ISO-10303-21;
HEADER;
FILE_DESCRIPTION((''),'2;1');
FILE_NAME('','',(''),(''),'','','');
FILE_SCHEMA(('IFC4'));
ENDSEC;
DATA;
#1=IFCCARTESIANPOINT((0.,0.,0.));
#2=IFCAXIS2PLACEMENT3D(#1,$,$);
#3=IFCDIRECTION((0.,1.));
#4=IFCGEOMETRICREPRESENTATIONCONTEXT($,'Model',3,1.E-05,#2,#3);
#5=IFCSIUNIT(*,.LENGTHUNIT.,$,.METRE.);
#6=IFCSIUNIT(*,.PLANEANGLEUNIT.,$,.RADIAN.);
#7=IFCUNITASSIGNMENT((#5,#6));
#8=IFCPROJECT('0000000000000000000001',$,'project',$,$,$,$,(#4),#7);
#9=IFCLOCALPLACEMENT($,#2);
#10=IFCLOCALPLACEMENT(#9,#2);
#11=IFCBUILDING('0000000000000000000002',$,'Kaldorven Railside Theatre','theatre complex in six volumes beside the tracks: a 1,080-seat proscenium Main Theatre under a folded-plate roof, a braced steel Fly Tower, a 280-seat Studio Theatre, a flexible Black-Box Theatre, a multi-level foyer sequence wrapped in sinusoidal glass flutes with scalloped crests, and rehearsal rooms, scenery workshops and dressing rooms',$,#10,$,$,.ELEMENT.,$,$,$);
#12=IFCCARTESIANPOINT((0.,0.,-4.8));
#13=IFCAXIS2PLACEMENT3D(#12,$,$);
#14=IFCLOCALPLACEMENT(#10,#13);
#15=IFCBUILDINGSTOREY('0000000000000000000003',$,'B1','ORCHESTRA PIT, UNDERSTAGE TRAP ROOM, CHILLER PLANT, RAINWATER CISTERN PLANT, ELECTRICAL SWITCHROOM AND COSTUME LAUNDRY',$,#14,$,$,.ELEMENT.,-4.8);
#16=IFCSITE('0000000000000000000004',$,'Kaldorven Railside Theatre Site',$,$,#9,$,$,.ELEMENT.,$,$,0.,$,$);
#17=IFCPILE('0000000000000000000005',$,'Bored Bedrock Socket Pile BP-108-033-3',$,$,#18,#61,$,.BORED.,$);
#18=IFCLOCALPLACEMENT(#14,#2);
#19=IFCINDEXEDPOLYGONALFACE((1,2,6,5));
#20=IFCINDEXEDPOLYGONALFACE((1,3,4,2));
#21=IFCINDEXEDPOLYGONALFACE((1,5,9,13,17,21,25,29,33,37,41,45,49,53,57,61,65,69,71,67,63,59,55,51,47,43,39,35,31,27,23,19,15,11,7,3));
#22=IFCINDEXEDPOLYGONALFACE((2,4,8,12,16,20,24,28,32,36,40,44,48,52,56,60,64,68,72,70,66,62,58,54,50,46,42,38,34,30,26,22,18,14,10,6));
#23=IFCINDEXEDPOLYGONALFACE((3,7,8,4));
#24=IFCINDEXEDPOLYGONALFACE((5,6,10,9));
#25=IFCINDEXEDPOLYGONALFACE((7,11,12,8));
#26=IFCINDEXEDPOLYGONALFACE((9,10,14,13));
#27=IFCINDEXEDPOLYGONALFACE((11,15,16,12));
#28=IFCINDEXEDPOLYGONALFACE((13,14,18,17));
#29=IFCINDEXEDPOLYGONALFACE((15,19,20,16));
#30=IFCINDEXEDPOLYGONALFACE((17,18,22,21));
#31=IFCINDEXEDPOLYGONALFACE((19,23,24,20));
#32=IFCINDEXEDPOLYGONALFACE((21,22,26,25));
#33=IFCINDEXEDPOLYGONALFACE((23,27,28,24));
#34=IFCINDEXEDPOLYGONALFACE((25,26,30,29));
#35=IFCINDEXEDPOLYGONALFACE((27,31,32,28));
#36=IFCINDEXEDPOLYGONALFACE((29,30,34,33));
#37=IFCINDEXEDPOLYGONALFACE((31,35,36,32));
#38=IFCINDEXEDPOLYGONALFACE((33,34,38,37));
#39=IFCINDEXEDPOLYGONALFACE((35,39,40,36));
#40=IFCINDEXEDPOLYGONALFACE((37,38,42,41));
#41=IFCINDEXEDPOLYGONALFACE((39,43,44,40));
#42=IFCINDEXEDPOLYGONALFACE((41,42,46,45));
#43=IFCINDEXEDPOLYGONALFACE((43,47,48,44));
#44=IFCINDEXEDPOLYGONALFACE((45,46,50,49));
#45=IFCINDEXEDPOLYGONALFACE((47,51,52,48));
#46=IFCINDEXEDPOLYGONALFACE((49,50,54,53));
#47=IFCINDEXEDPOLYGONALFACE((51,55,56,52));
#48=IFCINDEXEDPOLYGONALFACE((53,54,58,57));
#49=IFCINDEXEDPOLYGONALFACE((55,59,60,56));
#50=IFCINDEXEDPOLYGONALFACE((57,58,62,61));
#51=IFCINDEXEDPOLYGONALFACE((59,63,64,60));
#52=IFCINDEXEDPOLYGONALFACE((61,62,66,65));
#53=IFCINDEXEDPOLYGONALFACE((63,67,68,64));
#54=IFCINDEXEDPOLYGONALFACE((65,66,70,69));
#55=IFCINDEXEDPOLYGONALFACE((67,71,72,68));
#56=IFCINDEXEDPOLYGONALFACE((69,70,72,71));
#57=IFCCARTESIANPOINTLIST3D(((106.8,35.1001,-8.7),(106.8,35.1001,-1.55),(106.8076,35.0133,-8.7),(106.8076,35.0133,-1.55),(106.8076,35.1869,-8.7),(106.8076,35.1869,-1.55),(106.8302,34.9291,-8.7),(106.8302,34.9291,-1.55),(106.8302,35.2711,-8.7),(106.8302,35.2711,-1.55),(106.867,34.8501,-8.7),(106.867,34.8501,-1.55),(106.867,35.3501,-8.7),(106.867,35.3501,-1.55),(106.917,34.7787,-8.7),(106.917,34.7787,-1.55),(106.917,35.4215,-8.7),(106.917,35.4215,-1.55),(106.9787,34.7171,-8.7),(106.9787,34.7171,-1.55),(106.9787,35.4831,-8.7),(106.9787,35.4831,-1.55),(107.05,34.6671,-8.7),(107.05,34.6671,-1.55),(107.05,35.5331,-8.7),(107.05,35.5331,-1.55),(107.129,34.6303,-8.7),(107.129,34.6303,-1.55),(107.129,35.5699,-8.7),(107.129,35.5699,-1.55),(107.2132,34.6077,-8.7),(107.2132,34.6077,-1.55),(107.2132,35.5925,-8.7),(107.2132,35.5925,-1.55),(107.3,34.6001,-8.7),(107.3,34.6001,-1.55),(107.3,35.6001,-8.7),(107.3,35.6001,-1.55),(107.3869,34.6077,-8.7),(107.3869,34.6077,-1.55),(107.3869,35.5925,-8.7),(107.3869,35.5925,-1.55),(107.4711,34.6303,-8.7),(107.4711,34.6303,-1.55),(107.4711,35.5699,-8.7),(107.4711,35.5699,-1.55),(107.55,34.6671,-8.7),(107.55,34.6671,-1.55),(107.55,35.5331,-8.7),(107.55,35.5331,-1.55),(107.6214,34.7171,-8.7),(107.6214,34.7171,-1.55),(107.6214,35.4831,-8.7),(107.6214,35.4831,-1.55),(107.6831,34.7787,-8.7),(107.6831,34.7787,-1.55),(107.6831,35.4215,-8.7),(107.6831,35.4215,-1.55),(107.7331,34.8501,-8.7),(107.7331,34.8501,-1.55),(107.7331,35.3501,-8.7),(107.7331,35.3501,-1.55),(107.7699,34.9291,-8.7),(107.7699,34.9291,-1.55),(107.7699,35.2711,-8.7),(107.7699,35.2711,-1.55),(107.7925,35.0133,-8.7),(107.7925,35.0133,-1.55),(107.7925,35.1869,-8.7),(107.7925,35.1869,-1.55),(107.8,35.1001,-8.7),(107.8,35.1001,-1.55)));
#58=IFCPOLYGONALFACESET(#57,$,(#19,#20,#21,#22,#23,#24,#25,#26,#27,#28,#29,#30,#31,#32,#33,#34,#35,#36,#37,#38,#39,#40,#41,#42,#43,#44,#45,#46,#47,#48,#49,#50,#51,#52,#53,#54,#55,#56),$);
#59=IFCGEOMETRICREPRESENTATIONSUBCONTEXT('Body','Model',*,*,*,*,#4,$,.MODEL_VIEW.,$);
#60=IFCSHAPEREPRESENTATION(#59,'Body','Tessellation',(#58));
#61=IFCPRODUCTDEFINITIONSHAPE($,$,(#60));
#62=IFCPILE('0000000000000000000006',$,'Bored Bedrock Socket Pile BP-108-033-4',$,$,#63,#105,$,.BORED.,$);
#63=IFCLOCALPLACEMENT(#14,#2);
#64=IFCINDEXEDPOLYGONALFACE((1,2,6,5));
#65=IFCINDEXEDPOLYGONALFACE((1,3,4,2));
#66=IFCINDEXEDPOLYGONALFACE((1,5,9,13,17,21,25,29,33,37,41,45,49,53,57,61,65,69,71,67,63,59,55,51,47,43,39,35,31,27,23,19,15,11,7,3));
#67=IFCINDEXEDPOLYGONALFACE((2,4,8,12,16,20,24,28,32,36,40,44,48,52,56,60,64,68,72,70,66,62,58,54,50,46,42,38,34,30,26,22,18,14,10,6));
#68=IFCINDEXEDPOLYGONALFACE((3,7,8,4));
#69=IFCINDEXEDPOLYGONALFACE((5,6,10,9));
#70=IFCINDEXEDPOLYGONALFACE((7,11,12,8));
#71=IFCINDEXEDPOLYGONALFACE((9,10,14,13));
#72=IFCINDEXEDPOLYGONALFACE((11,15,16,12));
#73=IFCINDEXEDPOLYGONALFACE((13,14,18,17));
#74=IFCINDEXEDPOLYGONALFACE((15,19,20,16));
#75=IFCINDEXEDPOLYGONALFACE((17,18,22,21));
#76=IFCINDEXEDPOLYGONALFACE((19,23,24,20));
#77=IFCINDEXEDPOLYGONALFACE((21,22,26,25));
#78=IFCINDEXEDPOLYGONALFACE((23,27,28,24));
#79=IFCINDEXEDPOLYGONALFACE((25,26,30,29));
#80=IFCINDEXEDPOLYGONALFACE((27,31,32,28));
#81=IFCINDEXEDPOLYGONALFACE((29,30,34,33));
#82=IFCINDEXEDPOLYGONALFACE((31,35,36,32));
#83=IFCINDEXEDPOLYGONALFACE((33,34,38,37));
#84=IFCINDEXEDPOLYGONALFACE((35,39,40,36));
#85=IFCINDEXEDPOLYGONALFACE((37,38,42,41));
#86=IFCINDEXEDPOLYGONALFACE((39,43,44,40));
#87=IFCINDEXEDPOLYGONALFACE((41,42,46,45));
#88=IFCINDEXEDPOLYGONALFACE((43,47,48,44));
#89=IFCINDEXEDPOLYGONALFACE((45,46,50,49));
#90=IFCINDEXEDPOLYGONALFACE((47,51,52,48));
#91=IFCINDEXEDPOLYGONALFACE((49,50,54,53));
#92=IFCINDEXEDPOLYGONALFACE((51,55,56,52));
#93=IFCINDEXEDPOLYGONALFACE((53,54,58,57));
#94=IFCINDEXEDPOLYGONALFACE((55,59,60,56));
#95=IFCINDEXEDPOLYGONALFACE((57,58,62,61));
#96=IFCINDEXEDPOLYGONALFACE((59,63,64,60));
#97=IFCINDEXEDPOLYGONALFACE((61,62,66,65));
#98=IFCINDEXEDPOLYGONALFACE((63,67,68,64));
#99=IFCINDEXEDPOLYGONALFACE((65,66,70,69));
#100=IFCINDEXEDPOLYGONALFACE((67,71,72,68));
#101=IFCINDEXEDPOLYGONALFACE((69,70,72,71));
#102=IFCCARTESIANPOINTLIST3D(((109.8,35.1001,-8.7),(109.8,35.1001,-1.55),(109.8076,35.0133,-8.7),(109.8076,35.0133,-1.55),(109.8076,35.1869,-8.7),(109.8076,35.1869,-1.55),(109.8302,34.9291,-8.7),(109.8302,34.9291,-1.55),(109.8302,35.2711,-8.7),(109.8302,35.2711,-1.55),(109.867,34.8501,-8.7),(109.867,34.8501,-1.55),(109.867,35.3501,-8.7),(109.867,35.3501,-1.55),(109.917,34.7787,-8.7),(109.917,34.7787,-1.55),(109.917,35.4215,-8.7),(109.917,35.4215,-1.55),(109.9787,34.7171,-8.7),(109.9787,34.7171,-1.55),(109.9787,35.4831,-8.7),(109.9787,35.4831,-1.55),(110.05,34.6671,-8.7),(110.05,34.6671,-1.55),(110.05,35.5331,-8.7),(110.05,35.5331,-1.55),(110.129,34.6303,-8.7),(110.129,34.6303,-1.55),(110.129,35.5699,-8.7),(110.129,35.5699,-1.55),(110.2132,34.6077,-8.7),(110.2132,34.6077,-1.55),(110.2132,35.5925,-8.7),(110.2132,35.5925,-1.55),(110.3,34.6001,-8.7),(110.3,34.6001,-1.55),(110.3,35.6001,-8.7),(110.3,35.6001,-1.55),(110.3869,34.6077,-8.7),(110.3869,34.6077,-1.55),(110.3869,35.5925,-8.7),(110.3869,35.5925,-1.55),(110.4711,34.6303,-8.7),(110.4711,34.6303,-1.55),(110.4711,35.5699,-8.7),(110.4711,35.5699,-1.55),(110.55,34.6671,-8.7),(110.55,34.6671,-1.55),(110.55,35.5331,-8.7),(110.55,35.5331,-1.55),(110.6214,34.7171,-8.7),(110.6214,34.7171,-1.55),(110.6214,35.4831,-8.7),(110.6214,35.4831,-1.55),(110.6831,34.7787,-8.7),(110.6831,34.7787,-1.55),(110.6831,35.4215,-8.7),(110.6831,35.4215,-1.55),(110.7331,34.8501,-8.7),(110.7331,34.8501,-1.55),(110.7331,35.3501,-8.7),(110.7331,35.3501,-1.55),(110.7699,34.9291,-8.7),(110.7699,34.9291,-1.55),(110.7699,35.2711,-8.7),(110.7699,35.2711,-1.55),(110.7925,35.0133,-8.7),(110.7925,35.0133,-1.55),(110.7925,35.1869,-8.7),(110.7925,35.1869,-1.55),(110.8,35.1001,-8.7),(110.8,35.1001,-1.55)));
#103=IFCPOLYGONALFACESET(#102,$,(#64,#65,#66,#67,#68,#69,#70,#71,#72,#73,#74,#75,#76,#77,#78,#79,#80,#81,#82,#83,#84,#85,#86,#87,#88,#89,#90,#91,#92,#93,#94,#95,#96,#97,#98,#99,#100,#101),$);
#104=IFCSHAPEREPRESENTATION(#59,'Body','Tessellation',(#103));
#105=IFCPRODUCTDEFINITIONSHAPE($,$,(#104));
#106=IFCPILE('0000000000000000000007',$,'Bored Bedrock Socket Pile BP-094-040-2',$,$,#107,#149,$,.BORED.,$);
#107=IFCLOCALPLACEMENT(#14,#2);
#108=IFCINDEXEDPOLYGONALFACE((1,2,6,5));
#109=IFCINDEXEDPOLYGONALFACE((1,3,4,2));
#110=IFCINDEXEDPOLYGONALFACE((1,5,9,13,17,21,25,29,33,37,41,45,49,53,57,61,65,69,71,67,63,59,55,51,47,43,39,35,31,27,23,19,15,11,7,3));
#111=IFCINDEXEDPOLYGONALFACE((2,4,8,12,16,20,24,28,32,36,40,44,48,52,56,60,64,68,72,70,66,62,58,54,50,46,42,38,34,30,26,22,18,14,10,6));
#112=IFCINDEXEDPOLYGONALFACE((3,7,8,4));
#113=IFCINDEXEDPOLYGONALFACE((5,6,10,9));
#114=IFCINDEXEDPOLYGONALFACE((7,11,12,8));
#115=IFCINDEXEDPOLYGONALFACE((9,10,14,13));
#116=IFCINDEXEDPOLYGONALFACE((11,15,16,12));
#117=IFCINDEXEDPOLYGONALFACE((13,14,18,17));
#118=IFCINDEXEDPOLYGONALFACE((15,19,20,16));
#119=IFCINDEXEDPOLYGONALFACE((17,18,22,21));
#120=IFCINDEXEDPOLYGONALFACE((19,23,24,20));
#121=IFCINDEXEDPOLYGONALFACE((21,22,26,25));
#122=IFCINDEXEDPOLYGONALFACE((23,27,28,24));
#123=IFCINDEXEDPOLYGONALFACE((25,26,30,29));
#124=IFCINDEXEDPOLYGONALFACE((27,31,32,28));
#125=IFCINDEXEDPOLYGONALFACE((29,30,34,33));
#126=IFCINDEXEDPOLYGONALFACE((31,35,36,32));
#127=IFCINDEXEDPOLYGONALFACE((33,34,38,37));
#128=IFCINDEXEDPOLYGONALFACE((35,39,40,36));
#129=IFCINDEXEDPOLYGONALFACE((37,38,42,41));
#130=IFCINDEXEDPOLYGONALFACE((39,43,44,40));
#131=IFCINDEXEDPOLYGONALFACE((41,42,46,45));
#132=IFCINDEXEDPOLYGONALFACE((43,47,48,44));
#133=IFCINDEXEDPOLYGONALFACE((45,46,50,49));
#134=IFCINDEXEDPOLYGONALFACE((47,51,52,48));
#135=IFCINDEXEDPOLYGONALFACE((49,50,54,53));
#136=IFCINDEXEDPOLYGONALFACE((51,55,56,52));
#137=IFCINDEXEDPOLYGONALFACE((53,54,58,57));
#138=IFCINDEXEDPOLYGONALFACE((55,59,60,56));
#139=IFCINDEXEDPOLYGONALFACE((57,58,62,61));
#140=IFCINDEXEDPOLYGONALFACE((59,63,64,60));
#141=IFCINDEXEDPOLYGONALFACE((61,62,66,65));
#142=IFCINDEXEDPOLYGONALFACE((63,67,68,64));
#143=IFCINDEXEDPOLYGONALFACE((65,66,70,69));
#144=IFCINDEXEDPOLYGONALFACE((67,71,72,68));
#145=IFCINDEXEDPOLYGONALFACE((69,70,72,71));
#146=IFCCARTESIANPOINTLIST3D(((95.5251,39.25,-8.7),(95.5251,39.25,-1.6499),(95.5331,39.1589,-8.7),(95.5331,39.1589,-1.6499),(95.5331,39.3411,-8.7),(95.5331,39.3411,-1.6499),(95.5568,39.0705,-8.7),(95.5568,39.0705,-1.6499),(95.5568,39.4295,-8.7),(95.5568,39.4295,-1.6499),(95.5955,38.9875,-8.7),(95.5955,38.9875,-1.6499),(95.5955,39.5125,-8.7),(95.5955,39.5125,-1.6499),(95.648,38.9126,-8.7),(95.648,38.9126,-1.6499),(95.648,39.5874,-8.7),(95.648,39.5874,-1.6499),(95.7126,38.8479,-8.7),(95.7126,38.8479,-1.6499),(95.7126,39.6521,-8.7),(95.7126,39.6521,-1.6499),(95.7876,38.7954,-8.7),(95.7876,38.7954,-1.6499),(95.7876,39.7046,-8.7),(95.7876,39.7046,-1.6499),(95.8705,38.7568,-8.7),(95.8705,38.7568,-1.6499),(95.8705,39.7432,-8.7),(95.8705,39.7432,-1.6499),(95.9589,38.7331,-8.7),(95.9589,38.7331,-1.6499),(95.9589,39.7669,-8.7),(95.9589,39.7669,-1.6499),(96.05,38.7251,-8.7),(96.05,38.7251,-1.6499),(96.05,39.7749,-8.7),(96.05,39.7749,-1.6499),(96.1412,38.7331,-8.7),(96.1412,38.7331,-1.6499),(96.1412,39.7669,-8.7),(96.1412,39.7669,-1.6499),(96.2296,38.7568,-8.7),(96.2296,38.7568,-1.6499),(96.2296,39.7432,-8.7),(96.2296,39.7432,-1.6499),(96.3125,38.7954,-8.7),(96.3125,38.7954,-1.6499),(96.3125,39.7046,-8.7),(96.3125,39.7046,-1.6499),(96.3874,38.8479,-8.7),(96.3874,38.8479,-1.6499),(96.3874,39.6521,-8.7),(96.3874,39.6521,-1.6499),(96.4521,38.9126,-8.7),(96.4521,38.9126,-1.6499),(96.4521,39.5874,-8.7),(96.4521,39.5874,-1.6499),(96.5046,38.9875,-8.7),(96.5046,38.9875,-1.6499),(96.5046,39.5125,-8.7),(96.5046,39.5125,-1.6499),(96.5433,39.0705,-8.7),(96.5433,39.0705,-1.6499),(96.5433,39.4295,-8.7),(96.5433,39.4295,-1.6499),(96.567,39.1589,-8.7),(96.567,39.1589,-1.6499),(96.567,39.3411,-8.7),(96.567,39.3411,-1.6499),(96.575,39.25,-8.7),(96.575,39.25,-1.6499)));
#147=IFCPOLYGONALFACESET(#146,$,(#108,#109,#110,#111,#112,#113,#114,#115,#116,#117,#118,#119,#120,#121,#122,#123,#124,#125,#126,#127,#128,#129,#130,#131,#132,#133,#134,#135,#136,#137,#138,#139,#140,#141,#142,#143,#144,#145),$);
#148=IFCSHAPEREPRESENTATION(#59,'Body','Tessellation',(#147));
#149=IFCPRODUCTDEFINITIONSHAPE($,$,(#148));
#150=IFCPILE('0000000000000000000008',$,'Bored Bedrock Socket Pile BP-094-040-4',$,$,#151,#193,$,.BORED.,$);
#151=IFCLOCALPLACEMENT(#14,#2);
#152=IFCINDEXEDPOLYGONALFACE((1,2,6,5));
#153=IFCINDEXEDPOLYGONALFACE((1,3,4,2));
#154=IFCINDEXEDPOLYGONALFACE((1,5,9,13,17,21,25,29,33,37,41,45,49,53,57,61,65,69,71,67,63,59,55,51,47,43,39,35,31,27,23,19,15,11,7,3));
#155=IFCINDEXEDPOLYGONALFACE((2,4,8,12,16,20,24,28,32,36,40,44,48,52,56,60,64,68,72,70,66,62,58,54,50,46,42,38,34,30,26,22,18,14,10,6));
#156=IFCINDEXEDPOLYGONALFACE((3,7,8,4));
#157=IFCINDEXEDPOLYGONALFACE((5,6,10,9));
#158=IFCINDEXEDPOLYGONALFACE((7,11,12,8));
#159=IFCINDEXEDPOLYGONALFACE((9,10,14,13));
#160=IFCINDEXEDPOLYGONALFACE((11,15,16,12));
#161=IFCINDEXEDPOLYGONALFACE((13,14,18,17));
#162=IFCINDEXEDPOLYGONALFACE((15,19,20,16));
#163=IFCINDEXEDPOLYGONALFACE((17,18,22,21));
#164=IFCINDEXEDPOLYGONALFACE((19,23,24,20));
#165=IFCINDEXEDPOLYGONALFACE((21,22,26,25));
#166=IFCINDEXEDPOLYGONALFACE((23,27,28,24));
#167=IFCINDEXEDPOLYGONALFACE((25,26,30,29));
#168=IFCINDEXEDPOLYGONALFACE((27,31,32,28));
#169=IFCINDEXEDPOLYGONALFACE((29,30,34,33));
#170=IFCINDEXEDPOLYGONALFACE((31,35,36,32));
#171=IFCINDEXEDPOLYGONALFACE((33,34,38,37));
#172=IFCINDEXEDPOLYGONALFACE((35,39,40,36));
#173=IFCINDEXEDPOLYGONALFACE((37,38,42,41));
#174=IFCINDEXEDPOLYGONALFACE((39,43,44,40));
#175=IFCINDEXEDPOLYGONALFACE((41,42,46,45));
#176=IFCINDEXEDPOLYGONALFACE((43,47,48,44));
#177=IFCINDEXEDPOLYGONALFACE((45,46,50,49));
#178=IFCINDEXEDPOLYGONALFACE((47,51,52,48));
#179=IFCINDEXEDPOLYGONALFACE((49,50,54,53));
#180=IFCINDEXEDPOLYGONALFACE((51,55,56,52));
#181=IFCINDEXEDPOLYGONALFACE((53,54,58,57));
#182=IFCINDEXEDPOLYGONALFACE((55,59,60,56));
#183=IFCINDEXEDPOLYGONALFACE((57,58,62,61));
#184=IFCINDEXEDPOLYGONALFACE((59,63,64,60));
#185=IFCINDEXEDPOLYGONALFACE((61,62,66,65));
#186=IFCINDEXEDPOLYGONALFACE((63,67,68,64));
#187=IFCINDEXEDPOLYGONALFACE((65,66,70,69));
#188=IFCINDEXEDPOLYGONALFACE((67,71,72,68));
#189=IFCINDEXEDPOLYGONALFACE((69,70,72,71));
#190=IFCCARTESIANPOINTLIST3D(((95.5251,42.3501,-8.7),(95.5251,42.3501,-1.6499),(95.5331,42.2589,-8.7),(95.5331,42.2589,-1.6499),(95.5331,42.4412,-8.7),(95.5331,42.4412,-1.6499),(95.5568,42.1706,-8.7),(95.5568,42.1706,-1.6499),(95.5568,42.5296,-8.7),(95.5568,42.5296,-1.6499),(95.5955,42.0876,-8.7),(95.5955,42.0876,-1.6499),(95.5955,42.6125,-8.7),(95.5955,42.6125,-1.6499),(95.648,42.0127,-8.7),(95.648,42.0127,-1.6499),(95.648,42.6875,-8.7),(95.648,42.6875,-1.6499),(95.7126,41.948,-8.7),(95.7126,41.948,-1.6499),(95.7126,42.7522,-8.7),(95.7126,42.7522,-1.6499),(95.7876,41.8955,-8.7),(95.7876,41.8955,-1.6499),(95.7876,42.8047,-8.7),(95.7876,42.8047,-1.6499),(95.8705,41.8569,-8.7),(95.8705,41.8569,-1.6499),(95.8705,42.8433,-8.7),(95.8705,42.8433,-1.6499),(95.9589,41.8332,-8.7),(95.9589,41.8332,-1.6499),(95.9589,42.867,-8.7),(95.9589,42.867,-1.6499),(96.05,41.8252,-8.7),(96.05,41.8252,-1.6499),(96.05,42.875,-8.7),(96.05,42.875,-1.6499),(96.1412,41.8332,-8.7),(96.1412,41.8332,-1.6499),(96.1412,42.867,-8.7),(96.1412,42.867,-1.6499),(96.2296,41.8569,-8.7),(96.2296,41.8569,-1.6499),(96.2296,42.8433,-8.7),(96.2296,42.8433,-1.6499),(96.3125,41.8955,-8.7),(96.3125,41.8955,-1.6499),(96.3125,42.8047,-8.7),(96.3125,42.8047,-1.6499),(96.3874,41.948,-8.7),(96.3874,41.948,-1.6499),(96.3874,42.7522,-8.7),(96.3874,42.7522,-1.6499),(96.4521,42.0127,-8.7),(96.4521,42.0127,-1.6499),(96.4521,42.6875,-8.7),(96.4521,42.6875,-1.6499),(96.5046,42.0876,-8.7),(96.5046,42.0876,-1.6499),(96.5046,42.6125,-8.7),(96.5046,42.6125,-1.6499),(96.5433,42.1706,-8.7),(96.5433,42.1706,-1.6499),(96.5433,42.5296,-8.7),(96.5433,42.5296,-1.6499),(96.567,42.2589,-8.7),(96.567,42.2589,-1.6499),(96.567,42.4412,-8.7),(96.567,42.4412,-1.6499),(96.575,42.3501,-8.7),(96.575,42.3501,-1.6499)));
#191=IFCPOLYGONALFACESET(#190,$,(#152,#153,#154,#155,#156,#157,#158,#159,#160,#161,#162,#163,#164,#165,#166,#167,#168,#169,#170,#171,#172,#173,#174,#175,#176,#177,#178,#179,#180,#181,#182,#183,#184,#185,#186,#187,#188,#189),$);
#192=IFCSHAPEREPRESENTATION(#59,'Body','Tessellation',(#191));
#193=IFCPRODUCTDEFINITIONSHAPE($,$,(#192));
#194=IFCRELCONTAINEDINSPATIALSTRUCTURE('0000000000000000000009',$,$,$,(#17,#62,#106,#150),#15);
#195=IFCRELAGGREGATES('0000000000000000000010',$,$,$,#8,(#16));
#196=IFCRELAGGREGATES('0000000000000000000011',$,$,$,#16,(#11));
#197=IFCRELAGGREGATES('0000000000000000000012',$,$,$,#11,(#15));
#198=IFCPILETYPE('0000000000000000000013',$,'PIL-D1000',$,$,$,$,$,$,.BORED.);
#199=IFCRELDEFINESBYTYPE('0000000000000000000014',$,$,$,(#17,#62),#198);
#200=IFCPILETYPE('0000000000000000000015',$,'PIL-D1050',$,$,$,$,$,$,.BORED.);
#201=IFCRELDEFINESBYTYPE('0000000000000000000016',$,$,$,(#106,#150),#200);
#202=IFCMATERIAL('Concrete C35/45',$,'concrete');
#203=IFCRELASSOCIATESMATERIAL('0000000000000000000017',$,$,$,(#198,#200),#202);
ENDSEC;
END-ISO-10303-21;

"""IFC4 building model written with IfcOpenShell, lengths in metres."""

from ifc_helpers import new_model, si_unit, direction, frame, origin, origin_2d, place, context, subcontext, project, spatial, circle, extrude, material, material_profile, profile_set, type_object, element, save


model = new_model("IFC4")

# Units and contexts
model_context = context("Model", 3, precision=1e-05, world=origin(), true_north=direction((0.0, 1.0)))
body_context = subcontext(model_context, "Body", "Model", "MODEL_VIEW")
ifc_project = project(units=[si_unit("LENGTHUNIT", "METRE"), si_unit("PLANEANGLEUNIT", "RADIAN")], contexts=[model_context])

# Site, building, storey
site_placement = place(None, origin())
site = spatial("IfcSite", under=ifc_project, at=site_placement, Name="Kaldorven Railside Theatre Site", CompositionType="ELEMENT", RefElevation=0.0)
building_placement = place(site_placement, origin())
building = spatial("IfcBuilding", under=site, at=building_placement, Name="Kaldorven Railside Theatre", Description="theatre complex in six volumes beside the tracks: a 1,080-seat proscenium Main Theatre under a folded-plate roof, a braced steel Fly Tower, a 280-seat Studio Theatre, a flexible Black-Box Theatre, a multi-level foyer sequence wrapped in sinusoidal glass flutes with scalloped crests, and rehearsal rooms, scenery workshops and dressing rooms", CompositionType="ELEMENT")
storey_placement = place(building_placement, frame((0.0, 0.0, -4.8)))
storey = spatial("IfcBuildingStorey", under=building, at=storey_placement, Name="B1", Description="ORCHESTRA PIT, UNDERSTAGE TRAP ROOM, CHILLER PLANT, RAINWATER CISTERN PLANT, ELECTRICAL SWITCHROOM AND COSTUME LAUNDRY", CompositionType="ELEMENT", Elevation=-4.8)

# Piles
ifc_material_1 = material(Name="Concrete C35/45", Category="concrete")
ifc_material_profile_1 = material_profile(ifc_material_1, circle(Radius=0.5, at=origin_2d()), Name="BP D1000")
ifc_profile_set_1 = profile_set([ifc_material_profile_1], Name="Concrete C35/45")
pile_type_1 = type_object("IfcPileType", Name="PIL-D1000", PredefinedType="BORED", material=ifc_profile_set_1)
for number, where, z_axis, x_axis, name in (
    (1, (107.3, 35.1001, -1.55), (0.0, 0.0, -1.0), (1.0, 0.0, 0.0), "Bored Bedrock Socket Pile BP-108-033-3"),
    (2, (110.3, 35.1001, -1.55), (0.0, 0.0, -1.0), (1.0, 0.0, 0.0), "Bored Bedrock Socket Pile BP-108-033-4"),
):
    element("IfcPile", number, at=place(storey_placement, frame(where, z_axis=z_axis, x_axis=x_axis)), inside=storey, type_object=pile_type_1, Name=name, PredefinedType="BORED", context=body_context, shape_type="SweptSolid", body=[
        extrude(circle(Radius=0.5, at=origin_2d()), origin(), (0.0, 0.0, 1.0), 7.1499),
    ])
ifc_material_profile_2 = material_profile(ifc_material_1, circle(Radius=0.5249, at=origin_2d()), Name="BP D1050")
ifc_profile_set_2 = profile_set([ifc_material_profile_2], Name="Concrete C35/45")
pile_type_2 = type_object("IfcPileType", Name="PIL-D1050", PredefinedType="BORED", material=ifc_profile_set_2)
for number, where, z_axis, x_axis, name in (
    (3, (96.05, 39.25, -1.6499), (0.0, 0.0, -1.0), (1.0, 0.0, 0.0), "Bored Bedrock Socket Pile BP-094-040-2"),
    (4, (96.05, 42.3501, -1.6499), (0.0, 0.0, -1.0), (1.0, 0.0, 0.0), "Bored Bedrock Socket Pile BP-094-040-4"),
):
    element("IfcPile", number, at=place(storey_placement, frame(where, z_axis=z_axis, x_axis=x_axis)), inside=storey, type_object=pile_type_2, Name=name, PredefinedType="BORED", context=body_context, shape_type="SweptSolid", body=[
        extrude(circle(Radius=0.5249, at=origin_2d()), origin(), (0.0, 0.0, 1.0), 7.05),
    ])

save(model, "model.ifc")
